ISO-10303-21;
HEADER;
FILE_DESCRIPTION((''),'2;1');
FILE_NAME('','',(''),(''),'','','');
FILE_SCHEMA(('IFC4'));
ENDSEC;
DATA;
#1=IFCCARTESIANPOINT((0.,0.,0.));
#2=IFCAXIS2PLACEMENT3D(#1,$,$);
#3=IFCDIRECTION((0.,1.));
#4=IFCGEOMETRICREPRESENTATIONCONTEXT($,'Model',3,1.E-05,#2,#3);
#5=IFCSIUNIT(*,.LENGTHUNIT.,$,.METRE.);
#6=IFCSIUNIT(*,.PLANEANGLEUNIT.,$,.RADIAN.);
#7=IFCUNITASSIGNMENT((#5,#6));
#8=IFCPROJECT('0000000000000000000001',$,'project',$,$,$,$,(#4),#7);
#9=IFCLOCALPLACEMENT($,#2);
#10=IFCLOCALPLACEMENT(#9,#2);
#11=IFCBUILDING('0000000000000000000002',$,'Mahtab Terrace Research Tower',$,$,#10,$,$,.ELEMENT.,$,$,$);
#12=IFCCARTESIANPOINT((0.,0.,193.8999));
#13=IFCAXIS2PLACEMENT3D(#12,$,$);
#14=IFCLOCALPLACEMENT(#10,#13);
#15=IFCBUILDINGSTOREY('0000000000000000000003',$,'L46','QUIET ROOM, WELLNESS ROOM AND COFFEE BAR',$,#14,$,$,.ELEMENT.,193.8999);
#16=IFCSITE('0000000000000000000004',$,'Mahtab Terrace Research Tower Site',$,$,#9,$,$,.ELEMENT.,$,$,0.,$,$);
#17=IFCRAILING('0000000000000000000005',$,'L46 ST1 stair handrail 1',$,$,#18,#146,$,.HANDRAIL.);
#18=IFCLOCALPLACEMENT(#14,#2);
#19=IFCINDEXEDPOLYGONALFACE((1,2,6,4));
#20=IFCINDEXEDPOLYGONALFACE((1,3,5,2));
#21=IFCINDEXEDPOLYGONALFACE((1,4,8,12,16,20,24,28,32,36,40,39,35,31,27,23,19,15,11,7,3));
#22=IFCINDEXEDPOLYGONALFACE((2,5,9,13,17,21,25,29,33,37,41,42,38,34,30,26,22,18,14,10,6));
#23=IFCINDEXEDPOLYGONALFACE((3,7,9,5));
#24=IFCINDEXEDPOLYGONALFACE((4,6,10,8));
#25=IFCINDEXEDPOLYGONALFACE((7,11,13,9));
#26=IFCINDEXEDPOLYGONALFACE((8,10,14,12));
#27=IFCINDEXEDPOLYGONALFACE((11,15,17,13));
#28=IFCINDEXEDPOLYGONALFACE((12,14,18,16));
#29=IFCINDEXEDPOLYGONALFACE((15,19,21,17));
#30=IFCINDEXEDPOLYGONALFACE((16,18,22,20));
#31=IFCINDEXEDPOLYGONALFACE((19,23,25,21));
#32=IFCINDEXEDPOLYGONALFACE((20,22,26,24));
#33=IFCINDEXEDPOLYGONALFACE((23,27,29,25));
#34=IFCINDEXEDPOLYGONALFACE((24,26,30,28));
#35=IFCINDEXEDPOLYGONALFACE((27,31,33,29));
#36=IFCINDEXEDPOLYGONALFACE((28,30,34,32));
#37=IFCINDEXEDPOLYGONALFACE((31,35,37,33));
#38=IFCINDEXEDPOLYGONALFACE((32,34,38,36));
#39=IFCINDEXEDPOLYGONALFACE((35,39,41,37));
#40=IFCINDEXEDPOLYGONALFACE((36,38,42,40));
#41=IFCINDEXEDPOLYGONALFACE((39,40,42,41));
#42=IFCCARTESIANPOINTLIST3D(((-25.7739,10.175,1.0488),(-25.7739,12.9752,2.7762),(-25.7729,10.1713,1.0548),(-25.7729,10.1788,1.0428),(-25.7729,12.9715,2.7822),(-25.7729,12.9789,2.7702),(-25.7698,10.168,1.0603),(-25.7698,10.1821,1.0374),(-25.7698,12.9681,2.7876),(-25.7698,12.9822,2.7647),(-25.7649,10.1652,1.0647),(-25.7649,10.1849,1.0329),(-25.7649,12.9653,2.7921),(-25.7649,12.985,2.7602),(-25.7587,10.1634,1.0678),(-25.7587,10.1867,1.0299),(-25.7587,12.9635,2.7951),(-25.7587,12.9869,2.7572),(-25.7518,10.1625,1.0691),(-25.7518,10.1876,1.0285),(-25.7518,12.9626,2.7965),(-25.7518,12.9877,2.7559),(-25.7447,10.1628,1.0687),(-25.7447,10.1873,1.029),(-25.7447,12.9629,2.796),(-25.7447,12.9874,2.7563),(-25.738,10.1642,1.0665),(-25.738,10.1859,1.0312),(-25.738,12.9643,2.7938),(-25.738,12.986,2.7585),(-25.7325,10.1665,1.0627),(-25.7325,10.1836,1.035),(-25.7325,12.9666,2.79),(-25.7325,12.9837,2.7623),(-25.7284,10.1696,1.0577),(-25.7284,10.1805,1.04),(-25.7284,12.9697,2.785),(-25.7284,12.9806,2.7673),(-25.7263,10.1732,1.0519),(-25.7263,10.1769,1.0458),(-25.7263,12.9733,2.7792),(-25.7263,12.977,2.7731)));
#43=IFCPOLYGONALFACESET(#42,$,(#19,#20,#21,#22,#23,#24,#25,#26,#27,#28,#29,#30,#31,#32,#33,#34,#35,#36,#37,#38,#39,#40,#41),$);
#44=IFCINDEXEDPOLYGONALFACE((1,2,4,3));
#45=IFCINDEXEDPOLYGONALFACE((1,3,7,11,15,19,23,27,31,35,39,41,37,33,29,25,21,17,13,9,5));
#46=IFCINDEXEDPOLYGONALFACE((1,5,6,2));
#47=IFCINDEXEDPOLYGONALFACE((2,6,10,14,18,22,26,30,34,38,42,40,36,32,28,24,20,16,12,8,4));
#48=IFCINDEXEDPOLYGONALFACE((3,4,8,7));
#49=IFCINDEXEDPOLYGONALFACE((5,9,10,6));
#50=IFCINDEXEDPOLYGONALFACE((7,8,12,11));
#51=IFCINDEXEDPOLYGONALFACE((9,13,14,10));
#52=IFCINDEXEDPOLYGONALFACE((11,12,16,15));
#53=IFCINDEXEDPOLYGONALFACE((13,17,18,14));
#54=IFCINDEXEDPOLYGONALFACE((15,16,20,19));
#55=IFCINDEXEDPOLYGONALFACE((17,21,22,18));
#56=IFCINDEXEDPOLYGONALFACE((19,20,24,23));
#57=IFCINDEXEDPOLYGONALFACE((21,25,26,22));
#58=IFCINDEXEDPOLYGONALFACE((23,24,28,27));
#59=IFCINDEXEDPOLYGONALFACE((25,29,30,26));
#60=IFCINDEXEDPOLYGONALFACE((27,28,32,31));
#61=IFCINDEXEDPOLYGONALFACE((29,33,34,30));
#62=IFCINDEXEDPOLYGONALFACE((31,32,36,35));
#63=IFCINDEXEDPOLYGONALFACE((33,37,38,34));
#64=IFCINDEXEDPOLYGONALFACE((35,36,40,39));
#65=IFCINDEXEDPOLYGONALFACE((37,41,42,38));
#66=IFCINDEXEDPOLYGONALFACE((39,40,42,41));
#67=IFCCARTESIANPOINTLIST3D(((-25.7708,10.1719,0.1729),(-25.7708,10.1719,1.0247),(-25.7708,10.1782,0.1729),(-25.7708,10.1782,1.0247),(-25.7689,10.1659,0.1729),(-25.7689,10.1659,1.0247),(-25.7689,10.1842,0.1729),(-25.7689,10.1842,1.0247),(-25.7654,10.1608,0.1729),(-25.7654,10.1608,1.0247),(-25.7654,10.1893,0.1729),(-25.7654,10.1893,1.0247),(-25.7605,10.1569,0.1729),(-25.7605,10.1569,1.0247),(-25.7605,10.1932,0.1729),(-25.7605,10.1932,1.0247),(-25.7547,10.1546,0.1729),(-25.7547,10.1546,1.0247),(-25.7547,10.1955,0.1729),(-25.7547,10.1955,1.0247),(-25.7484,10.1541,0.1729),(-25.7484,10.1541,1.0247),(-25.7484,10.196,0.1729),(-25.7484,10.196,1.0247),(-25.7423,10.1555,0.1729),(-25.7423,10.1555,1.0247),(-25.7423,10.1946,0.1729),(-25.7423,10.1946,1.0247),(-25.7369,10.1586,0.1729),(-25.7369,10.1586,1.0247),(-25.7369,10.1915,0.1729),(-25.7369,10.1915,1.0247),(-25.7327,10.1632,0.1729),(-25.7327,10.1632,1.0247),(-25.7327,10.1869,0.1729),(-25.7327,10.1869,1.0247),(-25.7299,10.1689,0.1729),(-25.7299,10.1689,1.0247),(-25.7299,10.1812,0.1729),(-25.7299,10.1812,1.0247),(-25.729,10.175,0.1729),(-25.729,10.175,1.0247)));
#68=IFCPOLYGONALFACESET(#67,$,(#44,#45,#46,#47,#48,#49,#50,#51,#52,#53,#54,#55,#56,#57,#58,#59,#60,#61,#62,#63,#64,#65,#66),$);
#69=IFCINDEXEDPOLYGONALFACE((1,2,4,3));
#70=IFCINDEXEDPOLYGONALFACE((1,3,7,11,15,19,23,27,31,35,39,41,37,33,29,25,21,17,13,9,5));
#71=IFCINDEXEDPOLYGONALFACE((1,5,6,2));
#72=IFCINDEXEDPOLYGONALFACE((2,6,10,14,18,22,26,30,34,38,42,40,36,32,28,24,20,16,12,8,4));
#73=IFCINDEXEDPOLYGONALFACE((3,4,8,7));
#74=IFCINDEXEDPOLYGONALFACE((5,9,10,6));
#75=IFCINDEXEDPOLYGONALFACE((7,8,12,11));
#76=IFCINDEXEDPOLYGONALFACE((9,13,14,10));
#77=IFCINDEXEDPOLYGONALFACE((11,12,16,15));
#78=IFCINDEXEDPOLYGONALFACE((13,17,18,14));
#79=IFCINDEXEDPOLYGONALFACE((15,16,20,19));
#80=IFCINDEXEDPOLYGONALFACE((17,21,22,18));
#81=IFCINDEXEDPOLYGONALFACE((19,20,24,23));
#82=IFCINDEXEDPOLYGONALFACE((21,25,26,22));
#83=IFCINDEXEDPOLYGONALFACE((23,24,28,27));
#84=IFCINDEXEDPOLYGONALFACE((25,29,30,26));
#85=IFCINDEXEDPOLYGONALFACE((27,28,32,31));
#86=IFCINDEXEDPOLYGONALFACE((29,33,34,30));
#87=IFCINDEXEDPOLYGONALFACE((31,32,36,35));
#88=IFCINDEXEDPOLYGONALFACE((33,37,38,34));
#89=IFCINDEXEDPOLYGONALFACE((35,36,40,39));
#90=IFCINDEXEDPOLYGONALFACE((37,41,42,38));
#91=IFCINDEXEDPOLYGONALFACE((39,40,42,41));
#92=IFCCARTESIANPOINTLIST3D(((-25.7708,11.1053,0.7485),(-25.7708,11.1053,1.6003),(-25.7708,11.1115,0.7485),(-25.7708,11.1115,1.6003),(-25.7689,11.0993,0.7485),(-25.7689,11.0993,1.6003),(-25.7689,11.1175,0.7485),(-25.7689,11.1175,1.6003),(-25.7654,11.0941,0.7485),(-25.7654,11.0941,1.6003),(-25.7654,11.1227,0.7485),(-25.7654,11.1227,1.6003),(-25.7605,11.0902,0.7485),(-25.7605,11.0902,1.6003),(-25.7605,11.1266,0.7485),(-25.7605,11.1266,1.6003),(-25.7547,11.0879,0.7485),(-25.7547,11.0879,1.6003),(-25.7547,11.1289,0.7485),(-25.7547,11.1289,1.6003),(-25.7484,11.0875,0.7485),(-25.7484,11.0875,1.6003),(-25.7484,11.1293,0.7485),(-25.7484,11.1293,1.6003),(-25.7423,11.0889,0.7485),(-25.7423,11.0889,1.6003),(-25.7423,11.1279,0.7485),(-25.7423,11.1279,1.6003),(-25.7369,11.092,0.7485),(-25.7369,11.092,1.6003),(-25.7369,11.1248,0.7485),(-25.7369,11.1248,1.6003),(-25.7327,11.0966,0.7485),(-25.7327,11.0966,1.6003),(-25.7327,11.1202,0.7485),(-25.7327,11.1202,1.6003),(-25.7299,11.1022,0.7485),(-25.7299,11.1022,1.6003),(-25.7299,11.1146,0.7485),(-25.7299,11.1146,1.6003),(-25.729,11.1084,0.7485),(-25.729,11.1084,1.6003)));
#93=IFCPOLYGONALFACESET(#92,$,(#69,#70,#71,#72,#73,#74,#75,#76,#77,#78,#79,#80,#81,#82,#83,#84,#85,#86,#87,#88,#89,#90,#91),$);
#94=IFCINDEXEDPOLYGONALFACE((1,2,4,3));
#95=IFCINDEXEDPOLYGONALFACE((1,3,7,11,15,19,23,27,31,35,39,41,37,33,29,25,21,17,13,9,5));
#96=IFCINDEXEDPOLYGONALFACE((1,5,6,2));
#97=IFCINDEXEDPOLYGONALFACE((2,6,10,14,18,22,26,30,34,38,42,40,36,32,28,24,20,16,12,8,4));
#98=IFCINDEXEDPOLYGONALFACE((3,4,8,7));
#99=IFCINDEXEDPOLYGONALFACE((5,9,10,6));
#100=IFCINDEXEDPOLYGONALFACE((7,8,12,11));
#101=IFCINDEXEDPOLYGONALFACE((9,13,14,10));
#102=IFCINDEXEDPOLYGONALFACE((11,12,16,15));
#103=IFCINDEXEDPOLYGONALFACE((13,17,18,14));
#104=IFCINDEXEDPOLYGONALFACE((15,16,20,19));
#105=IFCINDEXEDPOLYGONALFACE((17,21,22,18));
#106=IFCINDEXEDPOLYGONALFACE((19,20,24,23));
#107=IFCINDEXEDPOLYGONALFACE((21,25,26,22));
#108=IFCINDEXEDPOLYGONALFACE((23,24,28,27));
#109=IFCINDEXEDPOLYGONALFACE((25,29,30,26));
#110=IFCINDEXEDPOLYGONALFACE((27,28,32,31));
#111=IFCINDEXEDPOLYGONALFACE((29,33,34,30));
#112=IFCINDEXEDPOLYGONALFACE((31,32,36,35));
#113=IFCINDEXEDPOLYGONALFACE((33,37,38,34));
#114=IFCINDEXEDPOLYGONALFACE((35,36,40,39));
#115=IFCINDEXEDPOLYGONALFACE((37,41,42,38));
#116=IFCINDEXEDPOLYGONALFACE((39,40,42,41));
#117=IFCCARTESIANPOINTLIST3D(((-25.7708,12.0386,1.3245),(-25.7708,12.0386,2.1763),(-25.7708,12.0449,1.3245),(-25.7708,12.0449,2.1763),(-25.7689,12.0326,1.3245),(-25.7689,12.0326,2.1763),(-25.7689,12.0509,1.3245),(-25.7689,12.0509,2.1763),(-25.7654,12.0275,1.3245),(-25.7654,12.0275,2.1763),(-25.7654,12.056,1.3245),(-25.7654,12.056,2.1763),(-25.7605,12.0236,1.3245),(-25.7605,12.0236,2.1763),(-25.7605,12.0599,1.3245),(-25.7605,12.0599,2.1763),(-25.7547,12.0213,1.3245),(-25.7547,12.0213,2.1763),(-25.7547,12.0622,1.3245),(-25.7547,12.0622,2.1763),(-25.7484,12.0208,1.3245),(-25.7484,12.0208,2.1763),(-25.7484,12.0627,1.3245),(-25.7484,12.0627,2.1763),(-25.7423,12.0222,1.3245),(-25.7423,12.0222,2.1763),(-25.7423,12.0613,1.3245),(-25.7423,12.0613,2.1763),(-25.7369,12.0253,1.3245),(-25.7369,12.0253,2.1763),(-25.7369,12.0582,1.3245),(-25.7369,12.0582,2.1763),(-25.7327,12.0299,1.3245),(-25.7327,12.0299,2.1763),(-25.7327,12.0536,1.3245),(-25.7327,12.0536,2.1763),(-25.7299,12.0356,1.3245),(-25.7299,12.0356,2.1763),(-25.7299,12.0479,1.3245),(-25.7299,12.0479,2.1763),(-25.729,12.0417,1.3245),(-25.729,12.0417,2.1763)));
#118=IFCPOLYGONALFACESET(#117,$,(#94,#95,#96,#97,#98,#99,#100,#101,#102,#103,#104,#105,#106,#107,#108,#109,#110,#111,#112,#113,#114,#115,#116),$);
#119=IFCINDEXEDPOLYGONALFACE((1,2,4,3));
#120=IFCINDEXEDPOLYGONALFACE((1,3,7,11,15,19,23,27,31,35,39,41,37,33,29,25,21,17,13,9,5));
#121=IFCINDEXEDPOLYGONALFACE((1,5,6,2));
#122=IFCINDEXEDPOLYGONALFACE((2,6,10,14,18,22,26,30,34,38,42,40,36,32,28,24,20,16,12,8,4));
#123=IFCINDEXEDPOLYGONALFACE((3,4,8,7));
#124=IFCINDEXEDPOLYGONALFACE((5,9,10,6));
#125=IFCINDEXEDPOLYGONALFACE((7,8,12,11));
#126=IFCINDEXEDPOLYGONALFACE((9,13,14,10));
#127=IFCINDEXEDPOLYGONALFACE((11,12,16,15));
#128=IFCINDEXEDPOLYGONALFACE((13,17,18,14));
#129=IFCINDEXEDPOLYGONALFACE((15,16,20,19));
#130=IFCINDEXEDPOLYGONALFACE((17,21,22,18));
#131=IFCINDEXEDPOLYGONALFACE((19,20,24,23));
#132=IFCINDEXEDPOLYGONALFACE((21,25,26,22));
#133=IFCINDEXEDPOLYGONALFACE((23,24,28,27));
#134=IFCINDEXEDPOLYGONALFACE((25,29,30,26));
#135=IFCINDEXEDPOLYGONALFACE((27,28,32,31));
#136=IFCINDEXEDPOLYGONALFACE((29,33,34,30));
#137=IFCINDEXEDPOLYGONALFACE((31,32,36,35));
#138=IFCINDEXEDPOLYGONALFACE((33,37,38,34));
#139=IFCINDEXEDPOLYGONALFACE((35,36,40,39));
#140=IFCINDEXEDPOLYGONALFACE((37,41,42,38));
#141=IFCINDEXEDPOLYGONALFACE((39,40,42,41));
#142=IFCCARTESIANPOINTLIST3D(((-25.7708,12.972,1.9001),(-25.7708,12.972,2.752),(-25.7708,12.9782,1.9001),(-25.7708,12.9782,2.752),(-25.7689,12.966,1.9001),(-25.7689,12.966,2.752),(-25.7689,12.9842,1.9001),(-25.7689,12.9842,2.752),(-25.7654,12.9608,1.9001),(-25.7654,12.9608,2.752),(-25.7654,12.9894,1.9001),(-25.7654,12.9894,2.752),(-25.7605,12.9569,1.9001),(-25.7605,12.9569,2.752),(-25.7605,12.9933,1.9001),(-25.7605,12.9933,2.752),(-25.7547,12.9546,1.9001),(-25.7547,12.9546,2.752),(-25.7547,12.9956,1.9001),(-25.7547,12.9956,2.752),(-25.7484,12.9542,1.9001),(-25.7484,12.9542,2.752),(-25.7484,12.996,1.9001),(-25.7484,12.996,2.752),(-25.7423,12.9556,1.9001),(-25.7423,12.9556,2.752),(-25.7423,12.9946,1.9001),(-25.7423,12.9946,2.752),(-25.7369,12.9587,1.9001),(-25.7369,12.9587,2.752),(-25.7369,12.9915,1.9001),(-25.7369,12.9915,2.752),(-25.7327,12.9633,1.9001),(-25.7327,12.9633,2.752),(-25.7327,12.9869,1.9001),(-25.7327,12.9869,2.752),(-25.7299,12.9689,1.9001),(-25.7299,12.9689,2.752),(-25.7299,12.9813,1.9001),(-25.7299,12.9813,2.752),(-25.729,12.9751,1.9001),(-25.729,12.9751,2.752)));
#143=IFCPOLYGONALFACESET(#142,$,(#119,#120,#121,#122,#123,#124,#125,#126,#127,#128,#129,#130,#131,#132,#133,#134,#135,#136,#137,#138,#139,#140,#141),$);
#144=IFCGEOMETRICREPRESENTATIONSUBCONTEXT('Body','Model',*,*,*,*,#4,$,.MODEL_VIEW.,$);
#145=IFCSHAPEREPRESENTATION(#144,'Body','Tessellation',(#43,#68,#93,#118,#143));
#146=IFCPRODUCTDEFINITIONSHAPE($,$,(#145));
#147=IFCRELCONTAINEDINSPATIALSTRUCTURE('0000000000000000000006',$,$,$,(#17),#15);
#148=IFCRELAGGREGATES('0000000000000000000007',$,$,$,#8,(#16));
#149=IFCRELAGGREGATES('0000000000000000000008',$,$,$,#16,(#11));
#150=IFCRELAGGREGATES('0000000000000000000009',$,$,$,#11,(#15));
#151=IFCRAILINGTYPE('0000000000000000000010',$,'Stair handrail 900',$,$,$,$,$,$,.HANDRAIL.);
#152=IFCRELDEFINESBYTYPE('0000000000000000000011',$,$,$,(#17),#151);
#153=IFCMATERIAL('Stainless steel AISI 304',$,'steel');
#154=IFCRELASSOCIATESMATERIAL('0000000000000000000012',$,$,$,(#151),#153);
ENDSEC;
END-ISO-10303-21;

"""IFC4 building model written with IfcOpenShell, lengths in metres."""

from ifc_helpers import new_model, si_unit, direction, frame, origin, origin_2d, place, context, subcontext, project, spatial, circle, extrude, material, type_object, element, save


model = new_model("IFC4")

# Units and contexts
model_context = context("Model", 3, precision=1e-05, world=origin(), true_north=direction((0.0, 1.0)))
body_context = subcontext(model_context, "Body", "Model", "MODEL_VIEW")
ifc_project = project(units=[si_unit("LENGTHUNIT", "METRE"), si_unit("PLANEANGLEUNIT", "RADIAN")], contexts=[model_context])

# Site, building, storey
site_placement = place(None, origin())
site = spatial("IfcSite", under=ifc_project, at=site_placement, Name="Mahtab Terrace Research Tower Site", CompositionType="ELEMENT", RefElevation=0.0)
building_placement = place(site_placement, origin())
building = spatial("IfcBuilding", under=site, at=building_placement, Name="Mahtab Terrace Research Tower", CompositionType="ELEMENT")
storey_placement = place(building_placement, frame((0.0, 0.0, 193.8999)))
storey = spatial("IfcBuildingStorey", under=building, at=storey_placement, Name="L46", Description="QUIET ROOM, WELLNESS ROOM AND COFFEE BAR", CompositionType="ELEMENT", Elevation=193.8999)

# Railing
ifc_material_1 = material(Name="Stainless steel AISI 304", Category="steel")
railing_type_1 = type_object("IfcRailingType", Name="Stair handrail 900", PredefinedType="HANDRAIL", material=ifc_material_1)
railing_1_placement = place(storey_placement, frame((-25.75, 10.175, 0.1729)))
element("IfcRailing", 1, at=railing_1_placement, inside=storey, type_object=railing_type_1, Name="L46 ST1 stair handrail 1", PredefinedType="HANDRAIL", context=body_context, shape_type="SweptSolid", body=[
    extrude(circle(Radius=0.0239, at=origin_2d()), frame((0.0, 0.0, 0.876), z_axis=(0.0, 0.85109, 0.52502), x_axis=(-1.0, 0.0, 0.0)), (0.0, 0.0, 1.0), 3.29),
    extrude(circle(Radius=0.021, at=origin_2d()), origin(), (0.0, 0.0, 1.0), 0.8518),
    extrude(circle(Radius=0.021, at=origin_2d()), frame((0.0, 0.9333, 0.5757)), (0.0, 0.0, 1.0), 0.8518),
    extrude(circle(Radius=0.021, at=origin_2d()), frame((0.0, 1.8667, 1.1516)), (0.0, 0.0, 1.0), 0.8518),
    extrude(circle(Radius=0.021, at=origin_2d()), frame((0.0, 2.8, 1.7273)), (0.0, 0.0, 1.0), 0.8518),
])

save(model, "model.ifc")
